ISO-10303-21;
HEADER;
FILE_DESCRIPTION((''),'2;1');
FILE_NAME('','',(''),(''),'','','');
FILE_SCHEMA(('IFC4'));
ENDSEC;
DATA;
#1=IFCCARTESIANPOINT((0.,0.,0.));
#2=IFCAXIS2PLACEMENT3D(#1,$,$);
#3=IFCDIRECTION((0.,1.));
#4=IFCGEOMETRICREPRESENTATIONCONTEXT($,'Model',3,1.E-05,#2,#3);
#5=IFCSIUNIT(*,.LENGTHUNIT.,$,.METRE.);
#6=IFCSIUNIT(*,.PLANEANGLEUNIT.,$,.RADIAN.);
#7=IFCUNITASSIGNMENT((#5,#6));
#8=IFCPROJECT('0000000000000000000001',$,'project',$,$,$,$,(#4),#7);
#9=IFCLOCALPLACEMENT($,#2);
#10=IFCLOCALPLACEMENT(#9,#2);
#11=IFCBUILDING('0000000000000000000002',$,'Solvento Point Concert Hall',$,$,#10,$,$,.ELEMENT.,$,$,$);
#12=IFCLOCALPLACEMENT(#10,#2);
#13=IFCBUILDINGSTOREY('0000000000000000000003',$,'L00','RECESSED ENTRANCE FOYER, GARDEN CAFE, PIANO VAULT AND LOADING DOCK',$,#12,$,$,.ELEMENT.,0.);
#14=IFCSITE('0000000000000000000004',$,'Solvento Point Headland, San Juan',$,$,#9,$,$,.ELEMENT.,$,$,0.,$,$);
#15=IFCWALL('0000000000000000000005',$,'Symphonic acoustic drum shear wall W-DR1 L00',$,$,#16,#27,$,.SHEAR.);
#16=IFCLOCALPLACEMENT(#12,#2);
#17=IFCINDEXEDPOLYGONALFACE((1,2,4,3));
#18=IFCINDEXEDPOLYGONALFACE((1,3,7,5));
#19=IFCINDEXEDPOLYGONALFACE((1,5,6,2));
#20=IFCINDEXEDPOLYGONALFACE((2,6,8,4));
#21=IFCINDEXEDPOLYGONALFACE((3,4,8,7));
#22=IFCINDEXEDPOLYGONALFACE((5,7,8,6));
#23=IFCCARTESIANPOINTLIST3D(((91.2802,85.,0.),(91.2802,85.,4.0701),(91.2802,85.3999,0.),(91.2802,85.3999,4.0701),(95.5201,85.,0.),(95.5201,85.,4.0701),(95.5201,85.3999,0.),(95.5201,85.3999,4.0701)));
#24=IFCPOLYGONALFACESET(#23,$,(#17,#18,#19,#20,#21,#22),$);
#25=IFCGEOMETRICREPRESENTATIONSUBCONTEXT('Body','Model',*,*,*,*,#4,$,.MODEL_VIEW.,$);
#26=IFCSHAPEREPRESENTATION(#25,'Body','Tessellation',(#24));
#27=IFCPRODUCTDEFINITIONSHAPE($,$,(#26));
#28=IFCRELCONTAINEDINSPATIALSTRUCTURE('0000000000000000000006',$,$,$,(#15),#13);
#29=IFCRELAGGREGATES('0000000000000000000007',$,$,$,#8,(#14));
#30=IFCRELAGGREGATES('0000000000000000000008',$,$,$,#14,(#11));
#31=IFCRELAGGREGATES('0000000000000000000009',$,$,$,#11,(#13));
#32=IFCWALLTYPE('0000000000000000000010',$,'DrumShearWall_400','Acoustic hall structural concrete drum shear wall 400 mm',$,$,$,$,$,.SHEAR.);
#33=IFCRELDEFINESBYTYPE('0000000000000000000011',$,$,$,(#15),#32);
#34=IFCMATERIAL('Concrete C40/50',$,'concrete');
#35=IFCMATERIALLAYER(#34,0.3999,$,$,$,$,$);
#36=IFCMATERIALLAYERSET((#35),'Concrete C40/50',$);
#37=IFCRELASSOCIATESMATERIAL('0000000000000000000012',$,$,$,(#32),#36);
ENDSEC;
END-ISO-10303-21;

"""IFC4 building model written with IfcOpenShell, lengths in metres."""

from ifc_helpers import new_model, si_unit, direction, frame, frame_2d, origin, place, context, subcontext, project, spatial, rectangle, extrude, material, layer, layer_set, type_object, element, save


model = new_model("IFC4")

# Units and contexts
model_context = context("Model", 3, precision=1e-05, world=origin(), true_north=direction((0.0, 1.0)))
body_context = subcontext(model_context, "Body", "Model", "MODEL_VIEW")
ifc_project = project(units=[si_unit("LENGTHUNIT", "METRE"), si_unit("PLANEANGLEUNIT", "RADIAN")], contexts=[model_context])

# Site, building, storey
site_placement = place(None, origin())
site = spatial("IfcSite", under=ifc_project, at=site_placement, Name="Solvento Point Headland, San Juan", CompositionType="ELEMENT", RefElevation=0.0)
building_placement = place(site_placement, origin())
building = spatial("IfcBuilding", under=site, at=building_placement, Name="Solvento Point Concert Hall", CompositionType="ELEMENT")
storey_placement = place(building_placement, origin())
storey = spatial("IfcBuildingStorey", under=building, at=storey_placement, Name="L00", Description="RECESSED ENTRANCE FOYER, GARDEN CAFE, PIANO VAULT AND LOADING DOCK", CompositionType="ELEMENT", Elevation=0.0)

# Wall
ifc_material_1 = material(Name="Concrete C40/50", Category="concrete")
ifc_layer_1 = layer(ifc_material_1, 0.3999)
ifc_layer_set_1 = layer_set([ifc_layer_1], Name="Concrete C40/50")
wall_type_1 = type_object("IfcWallType", Name="DrumShearWall_400", Description="Acoustic hall structural concrete drum shear wall 400 mm", PredefinedType="SHEAR", material=ifc_layer_set_1)
wall_1_placement = place(storey_placement, frame((91.28, 85.2, 0.0), z_axis=(0.0, 0.0, 1.0), x_axis=(1.0, 0.0, 0.0)))
element("IfcWall", 1, at=wall_1_placement, inside=storey, type_object=wall_type_1, Name="Symphonic acoustic drum shear wall W-DR1 L00", PredefinedType="SHEAR", context=body_context, shape_type="SweptSolid", body=[
    extrude(rectangle(XDim=4.24, YDim=0.3999, at=frame_2d((2.1201, 0.0))), origin(), (0.0, 0.0, 1.0), 4.0701),
])

save(model, "model.ifc")
